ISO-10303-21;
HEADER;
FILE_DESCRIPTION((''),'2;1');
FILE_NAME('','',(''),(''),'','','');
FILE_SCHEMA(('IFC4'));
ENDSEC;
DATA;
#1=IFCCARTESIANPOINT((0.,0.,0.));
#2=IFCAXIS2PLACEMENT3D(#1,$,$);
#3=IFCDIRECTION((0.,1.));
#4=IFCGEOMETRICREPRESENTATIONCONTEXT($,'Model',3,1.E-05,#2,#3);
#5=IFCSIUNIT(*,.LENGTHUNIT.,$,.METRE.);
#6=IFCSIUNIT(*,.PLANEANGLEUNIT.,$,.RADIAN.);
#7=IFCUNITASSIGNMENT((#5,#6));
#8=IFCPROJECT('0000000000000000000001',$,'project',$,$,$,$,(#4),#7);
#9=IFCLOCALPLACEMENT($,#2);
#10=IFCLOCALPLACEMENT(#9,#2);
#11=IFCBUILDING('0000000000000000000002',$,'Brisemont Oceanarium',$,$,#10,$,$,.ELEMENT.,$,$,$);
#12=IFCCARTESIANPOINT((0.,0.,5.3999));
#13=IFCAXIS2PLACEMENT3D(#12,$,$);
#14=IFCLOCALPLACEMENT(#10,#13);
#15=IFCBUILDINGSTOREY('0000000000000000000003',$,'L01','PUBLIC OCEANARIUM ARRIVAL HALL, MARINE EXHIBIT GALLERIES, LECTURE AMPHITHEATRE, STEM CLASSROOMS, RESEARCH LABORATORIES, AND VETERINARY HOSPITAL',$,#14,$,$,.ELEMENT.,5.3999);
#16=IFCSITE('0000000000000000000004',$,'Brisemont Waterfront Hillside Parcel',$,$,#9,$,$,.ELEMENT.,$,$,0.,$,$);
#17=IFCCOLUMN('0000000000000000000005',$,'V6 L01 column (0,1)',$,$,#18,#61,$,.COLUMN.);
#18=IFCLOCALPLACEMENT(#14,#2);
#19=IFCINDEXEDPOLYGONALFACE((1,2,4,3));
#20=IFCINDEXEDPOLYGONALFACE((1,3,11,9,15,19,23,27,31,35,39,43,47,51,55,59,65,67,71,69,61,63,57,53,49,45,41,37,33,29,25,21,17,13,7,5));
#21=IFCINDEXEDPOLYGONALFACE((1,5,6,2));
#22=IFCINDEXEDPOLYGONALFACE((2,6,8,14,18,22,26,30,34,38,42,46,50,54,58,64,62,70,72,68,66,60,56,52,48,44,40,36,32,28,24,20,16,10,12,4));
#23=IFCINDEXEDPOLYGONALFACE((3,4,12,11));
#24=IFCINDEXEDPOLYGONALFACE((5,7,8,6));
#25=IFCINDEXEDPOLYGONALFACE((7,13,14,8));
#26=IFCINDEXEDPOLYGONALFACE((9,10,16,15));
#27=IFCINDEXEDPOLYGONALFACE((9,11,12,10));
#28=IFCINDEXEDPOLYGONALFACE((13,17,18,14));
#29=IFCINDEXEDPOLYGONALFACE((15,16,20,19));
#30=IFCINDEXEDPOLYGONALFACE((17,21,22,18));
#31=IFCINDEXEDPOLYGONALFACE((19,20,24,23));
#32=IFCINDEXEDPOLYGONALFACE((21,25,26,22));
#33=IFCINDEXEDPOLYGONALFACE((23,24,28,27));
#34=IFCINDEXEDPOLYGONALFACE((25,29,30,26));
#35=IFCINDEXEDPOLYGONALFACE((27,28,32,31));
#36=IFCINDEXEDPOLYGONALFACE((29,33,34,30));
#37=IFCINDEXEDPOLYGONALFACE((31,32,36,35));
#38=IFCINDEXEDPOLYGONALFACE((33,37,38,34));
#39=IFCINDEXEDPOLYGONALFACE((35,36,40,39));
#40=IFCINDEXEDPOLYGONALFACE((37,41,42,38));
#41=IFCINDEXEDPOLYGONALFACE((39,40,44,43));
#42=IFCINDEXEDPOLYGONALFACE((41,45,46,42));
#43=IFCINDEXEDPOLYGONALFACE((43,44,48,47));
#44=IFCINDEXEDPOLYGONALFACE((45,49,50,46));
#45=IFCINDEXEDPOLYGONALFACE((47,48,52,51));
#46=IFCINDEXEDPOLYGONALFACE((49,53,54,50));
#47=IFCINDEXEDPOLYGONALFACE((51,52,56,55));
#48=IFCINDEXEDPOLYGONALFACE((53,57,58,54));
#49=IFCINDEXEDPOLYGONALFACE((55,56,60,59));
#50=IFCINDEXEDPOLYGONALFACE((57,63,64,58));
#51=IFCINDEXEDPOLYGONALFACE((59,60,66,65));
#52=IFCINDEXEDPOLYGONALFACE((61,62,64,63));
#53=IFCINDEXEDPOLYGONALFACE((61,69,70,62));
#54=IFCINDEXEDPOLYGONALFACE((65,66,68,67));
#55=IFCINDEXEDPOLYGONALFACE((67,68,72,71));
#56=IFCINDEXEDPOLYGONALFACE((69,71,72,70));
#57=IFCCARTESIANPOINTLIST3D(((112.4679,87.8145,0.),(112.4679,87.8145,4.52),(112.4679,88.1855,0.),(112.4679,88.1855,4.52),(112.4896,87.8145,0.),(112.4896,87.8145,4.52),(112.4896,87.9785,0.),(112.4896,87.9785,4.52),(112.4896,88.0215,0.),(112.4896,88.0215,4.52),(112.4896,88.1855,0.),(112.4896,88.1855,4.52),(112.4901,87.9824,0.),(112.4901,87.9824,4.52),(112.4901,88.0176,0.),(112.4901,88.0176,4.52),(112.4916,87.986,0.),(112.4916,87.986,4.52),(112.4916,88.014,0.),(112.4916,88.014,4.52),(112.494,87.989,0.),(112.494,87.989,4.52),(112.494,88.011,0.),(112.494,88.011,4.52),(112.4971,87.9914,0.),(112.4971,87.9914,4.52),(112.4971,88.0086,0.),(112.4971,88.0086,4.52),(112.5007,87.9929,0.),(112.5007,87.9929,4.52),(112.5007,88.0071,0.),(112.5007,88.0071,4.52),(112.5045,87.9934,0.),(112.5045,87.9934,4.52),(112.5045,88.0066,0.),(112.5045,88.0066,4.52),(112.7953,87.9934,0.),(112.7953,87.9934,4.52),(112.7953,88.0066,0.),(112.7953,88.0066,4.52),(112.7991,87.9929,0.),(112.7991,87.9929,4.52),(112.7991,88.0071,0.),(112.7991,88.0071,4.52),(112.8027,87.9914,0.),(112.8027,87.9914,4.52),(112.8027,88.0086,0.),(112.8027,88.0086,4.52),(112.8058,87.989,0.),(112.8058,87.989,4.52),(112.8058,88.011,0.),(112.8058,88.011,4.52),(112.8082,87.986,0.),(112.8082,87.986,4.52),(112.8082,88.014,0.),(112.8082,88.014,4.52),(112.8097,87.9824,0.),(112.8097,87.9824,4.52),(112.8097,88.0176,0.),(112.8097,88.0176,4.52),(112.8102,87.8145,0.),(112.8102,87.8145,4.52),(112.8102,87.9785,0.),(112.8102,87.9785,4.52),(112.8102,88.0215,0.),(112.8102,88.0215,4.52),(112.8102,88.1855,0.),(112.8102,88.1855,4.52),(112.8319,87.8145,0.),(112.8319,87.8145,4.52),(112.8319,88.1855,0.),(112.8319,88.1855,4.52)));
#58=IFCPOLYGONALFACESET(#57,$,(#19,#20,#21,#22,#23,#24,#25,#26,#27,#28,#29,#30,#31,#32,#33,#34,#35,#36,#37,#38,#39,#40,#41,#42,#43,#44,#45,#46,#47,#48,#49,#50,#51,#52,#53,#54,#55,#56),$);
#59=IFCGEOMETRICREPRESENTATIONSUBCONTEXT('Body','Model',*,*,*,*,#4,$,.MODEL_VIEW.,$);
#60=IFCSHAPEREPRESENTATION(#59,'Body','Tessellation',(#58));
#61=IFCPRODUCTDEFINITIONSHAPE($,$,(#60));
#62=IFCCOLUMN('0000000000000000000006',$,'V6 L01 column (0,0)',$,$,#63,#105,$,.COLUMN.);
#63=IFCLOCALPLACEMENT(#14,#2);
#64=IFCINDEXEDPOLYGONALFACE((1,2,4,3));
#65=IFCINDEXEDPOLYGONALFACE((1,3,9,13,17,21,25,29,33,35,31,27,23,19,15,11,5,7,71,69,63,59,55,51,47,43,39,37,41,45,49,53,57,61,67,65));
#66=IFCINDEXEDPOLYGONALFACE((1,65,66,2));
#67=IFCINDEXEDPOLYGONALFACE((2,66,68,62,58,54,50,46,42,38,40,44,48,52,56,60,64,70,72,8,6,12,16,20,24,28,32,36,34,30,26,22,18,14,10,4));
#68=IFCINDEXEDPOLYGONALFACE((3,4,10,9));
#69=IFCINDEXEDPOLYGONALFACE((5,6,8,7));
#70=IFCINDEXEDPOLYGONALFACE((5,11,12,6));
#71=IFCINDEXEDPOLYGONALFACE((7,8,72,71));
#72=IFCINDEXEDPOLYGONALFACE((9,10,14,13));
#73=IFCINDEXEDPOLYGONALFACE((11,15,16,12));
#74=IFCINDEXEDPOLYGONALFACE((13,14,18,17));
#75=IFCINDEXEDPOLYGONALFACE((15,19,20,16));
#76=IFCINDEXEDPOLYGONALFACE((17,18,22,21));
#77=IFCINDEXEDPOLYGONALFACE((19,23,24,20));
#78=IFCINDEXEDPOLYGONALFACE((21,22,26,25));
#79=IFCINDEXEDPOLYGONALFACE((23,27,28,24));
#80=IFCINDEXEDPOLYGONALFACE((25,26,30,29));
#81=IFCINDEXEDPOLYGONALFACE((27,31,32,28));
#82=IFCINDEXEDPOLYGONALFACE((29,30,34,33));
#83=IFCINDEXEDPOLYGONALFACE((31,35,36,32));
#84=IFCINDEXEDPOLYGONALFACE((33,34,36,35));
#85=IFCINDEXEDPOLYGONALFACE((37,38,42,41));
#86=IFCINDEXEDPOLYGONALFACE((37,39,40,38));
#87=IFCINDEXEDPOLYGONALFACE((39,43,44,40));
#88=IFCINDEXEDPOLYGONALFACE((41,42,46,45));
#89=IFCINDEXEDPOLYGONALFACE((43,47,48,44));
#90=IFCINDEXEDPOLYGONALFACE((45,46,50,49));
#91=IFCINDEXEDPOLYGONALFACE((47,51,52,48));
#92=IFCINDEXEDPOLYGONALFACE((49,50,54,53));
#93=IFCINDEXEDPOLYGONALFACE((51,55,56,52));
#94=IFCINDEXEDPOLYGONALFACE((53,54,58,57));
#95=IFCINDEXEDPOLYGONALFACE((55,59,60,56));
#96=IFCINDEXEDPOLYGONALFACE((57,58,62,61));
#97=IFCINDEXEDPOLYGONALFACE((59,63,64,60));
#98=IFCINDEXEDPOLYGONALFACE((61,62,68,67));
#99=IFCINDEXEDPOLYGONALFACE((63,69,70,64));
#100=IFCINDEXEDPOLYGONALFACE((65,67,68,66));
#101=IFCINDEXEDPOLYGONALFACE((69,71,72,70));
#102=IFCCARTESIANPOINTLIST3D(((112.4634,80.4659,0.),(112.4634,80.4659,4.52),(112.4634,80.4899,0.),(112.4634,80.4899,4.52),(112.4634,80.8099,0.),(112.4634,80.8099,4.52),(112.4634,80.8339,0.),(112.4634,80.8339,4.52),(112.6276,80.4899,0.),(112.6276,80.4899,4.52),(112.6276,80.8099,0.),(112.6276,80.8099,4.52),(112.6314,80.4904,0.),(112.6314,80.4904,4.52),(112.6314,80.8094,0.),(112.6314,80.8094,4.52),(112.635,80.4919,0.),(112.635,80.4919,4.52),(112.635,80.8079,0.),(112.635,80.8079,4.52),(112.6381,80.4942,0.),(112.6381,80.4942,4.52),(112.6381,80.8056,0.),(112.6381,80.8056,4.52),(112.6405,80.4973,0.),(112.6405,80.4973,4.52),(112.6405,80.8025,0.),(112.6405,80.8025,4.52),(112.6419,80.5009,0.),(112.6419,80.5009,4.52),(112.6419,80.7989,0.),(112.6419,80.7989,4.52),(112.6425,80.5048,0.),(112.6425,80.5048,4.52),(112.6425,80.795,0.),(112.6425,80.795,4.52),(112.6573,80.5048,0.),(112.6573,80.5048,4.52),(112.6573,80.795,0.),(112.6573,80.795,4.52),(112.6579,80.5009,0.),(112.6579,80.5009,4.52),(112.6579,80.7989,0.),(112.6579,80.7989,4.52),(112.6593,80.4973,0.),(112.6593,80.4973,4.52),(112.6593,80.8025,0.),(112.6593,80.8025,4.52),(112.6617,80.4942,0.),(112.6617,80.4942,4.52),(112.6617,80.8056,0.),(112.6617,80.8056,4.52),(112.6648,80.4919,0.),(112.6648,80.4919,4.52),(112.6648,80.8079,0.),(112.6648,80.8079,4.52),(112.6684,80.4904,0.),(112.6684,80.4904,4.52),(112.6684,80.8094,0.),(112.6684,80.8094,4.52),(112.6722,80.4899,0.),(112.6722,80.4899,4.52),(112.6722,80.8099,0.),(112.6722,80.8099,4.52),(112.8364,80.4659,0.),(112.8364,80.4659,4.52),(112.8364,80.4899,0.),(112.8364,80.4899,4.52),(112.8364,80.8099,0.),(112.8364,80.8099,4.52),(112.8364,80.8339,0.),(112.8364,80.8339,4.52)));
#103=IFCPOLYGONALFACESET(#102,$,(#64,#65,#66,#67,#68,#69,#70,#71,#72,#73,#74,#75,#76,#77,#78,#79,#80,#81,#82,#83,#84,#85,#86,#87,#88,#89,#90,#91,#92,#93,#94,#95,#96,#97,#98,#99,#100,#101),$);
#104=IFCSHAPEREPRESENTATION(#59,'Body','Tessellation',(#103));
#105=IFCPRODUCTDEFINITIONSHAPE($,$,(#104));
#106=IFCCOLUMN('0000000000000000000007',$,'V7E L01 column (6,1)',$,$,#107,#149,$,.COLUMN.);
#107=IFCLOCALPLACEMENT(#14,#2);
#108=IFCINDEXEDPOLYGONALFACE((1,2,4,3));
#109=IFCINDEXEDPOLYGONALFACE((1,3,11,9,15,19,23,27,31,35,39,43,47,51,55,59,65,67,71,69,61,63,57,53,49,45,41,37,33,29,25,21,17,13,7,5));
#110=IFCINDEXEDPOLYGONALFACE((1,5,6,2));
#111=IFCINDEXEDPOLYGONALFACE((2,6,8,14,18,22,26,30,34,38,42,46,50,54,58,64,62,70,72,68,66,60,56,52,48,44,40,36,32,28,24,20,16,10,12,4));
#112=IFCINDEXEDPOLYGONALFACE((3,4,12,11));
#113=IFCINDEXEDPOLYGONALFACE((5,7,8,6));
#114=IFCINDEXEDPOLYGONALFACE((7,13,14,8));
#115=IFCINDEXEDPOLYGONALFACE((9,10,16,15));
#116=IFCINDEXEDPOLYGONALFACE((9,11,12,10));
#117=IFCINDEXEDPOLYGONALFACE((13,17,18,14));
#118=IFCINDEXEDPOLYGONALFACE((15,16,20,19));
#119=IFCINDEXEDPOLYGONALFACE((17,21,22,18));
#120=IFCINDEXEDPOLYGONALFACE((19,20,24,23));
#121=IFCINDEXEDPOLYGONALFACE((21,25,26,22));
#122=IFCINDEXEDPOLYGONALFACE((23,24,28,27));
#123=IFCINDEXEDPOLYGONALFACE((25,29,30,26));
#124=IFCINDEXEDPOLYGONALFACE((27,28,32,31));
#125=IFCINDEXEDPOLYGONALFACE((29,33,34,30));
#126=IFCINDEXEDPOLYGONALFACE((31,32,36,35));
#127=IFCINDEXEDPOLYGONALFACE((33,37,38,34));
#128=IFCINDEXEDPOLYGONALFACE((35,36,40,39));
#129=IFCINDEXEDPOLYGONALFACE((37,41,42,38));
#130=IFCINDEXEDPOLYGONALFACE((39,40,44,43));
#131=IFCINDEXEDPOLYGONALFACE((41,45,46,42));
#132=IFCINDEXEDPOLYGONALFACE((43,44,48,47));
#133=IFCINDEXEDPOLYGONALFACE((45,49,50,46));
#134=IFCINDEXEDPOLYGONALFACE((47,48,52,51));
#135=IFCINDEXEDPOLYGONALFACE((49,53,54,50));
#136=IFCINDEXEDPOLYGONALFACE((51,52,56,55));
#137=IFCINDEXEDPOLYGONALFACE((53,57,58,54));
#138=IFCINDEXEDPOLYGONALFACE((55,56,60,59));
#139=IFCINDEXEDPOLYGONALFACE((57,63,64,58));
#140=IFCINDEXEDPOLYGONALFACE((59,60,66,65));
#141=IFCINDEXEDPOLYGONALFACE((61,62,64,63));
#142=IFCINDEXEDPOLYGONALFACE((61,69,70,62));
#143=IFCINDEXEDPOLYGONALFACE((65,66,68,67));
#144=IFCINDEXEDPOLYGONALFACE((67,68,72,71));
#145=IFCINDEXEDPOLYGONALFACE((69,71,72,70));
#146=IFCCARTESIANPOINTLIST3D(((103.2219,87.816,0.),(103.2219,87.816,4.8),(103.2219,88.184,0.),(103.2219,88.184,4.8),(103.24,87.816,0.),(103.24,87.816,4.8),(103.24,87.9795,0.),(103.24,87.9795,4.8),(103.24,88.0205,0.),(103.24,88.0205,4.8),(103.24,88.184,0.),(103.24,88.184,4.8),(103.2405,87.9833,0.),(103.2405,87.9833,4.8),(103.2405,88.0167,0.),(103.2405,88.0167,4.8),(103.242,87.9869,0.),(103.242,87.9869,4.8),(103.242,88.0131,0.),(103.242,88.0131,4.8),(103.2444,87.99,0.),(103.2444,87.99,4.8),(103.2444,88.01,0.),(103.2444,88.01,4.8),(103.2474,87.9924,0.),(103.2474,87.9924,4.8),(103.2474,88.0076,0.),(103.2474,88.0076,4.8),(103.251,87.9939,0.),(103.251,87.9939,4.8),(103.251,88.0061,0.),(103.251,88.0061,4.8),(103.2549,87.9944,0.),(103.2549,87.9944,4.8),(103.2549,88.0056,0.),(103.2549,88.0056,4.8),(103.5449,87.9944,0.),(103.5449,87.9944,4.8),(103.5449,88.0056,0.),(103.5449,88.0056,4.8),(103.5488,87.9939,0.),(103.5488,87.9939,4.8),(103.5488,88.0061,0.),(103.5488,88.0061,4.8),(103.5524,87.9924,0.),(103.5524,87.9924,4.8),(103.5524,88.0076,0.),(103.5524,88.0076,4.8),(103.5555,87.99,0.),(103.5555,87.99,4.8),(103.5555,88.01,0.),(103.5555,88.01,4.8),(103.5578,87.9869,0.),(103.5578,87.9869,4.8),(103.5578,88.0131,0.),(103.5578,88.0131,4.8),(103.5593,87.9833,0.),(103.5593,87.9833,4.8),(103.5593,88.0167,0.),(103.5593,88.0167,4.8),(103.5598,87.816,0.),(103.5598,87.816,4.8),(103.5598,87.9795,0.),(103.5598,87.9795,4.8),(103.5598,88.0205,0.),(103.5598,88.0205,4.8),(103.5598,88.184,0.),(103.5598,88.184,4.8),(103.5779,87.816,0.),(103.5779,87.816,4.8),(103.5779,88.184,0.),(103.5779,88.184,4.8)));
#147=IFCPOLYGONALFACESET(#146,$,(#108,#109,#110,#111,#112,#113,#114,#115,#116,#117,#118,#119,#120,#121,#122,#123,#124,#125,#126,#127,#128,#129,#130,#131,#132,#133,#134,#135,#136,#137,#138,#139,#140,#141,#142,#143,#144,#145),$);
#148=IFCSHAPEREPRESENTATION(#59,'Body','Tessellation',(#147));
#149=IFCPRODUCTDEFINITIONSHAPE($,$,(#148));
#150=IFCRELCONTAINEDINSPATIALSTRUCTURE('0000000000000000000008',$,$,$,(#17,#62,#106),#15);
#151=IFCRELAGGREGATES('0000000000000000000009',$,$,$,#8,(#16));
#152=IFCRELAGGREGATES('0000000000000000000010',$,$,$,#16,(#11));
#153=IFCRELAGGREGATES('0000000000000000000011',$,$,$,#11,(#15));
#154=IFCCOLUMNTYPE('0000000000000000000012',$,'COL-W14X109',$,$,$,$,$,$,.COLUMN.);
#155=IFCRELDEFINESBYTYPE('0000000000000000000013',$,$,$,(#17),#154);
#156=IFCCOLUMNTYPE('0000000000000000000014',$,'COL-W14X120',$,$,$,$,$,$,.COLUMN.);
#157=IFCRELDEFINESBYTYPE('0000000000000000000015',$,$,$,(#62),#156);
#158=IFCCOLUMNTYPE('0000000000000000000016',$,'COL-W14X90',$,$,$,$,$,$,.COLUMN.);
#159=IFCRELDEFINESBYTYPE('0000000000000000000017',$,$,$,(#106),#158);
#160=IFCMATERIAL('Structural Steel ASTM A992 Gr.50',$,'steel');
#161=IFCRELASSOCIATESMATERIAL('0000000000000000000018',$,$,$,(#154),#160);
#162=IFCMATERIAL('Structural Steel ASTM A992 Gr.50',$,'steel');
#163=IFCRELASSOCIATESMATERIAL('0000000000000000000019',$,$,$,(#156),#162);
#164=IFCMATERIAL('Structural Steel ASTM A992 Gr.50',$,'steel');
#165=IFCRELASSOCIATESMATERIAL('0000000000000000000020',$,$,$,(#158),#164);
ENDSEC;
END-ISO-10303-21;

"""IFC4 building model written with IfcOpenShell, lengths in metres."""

from ifc_helpers import new_model, si_unit, direction, frame, origin, origin_2d, place, context, subcontext, project, spatial, i_section, extrude, material, material_profile, profile_set, type_object, element, save


model = new_model("IFC4")

# Units and contexts
model_context = context("Model", 3, precision=1e-05, world=origin(), true_north=direction((0.0, 1.0)))
body_context = subcontext(model_context, "Body", "Model", "MODEL_VIEW")
ifc_project = project(units=[si_unit("LENGTHUNIT", "METRE"), si_unit("PLANEANGLEUNIT", "RADIAN")], contexts=[model_context])

# Site, building, storey
site_placement = place(None, origin())
site = spatial("IfcSite", under=ifc_project, at=site_placement, Name="Brisemont Waterfront Hillside Parcel", CompositionType="ELEMENT", RefElevation=0.0)
building_placement = place(site_placement, origin())
building = spatial("IfcBuilding", under=site, at=building_placement, Name="Brisemont Oceanarium", CompositionType="ELEMENT")
storey_placement = place(building_placement, frame((0.0, 0.0, 5.3999)))
storey = spatial("IfcBuildingStorey", under=building, at=storey_placement, Name="L01", Description="PUBLIC OCEANARIUM ARRIVAL HALL, MARINE EXHIBIT GALLERIES, LECTURE AMPHITHEATRE, STEM CLASSROOMS, RESEARCH LABORATORIES, AND VETERINARY HOSPITAL", CompositionType="ELEMENT", Elevation=5.3999)

# Columns
ifc_material_1 = material(Name="Structural Steel ASTM A992 Gr.50", Category="steel")
ifc_material_profile_1 = material_profile(ifc_material_1, i_section(OverallWidth=0.3711, OverallDepth=0.364, WebThickness=0.0132, FlangeThickness=0.0217, FilletRadius=0.0149, at=origin_2d()), Name="W14X109")
ifc_profile_set_1 = profile_set([ifc_material_profile_1], Name="Structural Steel ASTM A992 Gr.50")
column_type_1 = type_object("IfcColumnType", Name="COL-W14X109", PredefinedType="COLUMN", material=ifc_profile_set_1)
column_1_placement = place(storey_placement, frame((112.6499, 88.0, 0.0), z_axis=(0.0, 0.0, 1.0), x_axis=(0.0, 1.0, 0.0)))
element("IfcColumn", 1, at=column_1_placement, inside=storey, type_object=column_type_1, Name="V6 L01 column (0,1)", PredefinedType="COLUMN", context=body_context, shape_type="SweptSolid", body=[
    extrude(i_section(OverallWidth=0.3711, OverallDepth=0.364, WebThickness=0.0132, FlangeThickness=0.0217, FilletRadius=0.0149, at=origin_2d()), origin(), (0.0, 0.0, 1.0), 4.52),
])
ifc_material_2 = material(Name="Structural Steel ASTM A992 Gr.50", Category="steel")
ifc_material_profile_2 = material_profile(ifc_material_2, i_section(OverallWidth=0.373, OverallDepth=0.3679, WebThickness=0.0149, FlangeThickness=0.0239, FilletRadius=0.0149, at=origin_2d()), Name="W14X120")
ifc_profile_set_2 = profile_set([ifc_material_profile_2], Name="Structural Steel ASTM A992 Gr.50")
column_type_2 = type_object("IfcColumnType", Name="COL-W14X120", PredefinedType="COLUMN", material=ifc_profile_set_2)
column_2_placement = place(storey_placement, frame((112.6499, 80.6499, 0.0), z_axis=(0.0, 0.0, 1.0), x_axis=(1.0, 0.0, 0.0)))
element("IfcColumn", 2, at=column_2_placement, inside=storey, type_object=column_type_2, Name="V6 L01 column (0,0)", PredefinedType="COLUMN", context=body_context, shape_type="SweptSolid", body=[
    extrude(i_section(OverallWidth=0.373, OverallDepth=0.3679, WebThickness=0.0149, FlangeThickness=0.0239, FilletRadius=0.0149, at=origin_2d()), origin(), (0.0, 0.0, 1.0), 4.52),
])
ifc_material_3 = material(Name="Structural Steel ASTM A992 Gr.50", Category="steel")
ifc_material_profile_3 = material_profile(ifc_material_3, i_section(OverallWidth=0.3679, OverallDepth=0.356, WebThickness=0.0112, FlangeThickness=0.0181, FilletRadius=0.0149, at=origin_2d()), Name="W14X90")
ifc_profile_set_3 = profile_set([ifc_material_profile_3], Name="Structural Steel ASTM A992 Gr.50")
column_type_3 = type_object("IfcColumnType", Name="COL-W14X90", PredefinedType="COLUMN", material=ifc_profile_set_3)
column_3_placement = place(storey_placement, frame((103.3999, 88.0, 0.0), z_axis=(0.0, 0.0, 1.0), x_axis=(0.0, 1.0, 0.0)))
element("IfcColumn", 3, at=column_3_placement, inside=storey, type_object=column_type_3, Name="V7E L01 column (6,1)", PredefinedType="COLUMN", context=body_context, shape_type="SweptSolid", body=[
    extrude(i_section(OverallWidth=0.3679, OverallDepth=0.356, WebThickness=0.0112, FlangeThickness=0.0181, FilletRadius=0.0149, at=origin_2d()), origin(), (0.0, 0.0, 1.0), 4.8),
])

save(model, "model.ifc")
